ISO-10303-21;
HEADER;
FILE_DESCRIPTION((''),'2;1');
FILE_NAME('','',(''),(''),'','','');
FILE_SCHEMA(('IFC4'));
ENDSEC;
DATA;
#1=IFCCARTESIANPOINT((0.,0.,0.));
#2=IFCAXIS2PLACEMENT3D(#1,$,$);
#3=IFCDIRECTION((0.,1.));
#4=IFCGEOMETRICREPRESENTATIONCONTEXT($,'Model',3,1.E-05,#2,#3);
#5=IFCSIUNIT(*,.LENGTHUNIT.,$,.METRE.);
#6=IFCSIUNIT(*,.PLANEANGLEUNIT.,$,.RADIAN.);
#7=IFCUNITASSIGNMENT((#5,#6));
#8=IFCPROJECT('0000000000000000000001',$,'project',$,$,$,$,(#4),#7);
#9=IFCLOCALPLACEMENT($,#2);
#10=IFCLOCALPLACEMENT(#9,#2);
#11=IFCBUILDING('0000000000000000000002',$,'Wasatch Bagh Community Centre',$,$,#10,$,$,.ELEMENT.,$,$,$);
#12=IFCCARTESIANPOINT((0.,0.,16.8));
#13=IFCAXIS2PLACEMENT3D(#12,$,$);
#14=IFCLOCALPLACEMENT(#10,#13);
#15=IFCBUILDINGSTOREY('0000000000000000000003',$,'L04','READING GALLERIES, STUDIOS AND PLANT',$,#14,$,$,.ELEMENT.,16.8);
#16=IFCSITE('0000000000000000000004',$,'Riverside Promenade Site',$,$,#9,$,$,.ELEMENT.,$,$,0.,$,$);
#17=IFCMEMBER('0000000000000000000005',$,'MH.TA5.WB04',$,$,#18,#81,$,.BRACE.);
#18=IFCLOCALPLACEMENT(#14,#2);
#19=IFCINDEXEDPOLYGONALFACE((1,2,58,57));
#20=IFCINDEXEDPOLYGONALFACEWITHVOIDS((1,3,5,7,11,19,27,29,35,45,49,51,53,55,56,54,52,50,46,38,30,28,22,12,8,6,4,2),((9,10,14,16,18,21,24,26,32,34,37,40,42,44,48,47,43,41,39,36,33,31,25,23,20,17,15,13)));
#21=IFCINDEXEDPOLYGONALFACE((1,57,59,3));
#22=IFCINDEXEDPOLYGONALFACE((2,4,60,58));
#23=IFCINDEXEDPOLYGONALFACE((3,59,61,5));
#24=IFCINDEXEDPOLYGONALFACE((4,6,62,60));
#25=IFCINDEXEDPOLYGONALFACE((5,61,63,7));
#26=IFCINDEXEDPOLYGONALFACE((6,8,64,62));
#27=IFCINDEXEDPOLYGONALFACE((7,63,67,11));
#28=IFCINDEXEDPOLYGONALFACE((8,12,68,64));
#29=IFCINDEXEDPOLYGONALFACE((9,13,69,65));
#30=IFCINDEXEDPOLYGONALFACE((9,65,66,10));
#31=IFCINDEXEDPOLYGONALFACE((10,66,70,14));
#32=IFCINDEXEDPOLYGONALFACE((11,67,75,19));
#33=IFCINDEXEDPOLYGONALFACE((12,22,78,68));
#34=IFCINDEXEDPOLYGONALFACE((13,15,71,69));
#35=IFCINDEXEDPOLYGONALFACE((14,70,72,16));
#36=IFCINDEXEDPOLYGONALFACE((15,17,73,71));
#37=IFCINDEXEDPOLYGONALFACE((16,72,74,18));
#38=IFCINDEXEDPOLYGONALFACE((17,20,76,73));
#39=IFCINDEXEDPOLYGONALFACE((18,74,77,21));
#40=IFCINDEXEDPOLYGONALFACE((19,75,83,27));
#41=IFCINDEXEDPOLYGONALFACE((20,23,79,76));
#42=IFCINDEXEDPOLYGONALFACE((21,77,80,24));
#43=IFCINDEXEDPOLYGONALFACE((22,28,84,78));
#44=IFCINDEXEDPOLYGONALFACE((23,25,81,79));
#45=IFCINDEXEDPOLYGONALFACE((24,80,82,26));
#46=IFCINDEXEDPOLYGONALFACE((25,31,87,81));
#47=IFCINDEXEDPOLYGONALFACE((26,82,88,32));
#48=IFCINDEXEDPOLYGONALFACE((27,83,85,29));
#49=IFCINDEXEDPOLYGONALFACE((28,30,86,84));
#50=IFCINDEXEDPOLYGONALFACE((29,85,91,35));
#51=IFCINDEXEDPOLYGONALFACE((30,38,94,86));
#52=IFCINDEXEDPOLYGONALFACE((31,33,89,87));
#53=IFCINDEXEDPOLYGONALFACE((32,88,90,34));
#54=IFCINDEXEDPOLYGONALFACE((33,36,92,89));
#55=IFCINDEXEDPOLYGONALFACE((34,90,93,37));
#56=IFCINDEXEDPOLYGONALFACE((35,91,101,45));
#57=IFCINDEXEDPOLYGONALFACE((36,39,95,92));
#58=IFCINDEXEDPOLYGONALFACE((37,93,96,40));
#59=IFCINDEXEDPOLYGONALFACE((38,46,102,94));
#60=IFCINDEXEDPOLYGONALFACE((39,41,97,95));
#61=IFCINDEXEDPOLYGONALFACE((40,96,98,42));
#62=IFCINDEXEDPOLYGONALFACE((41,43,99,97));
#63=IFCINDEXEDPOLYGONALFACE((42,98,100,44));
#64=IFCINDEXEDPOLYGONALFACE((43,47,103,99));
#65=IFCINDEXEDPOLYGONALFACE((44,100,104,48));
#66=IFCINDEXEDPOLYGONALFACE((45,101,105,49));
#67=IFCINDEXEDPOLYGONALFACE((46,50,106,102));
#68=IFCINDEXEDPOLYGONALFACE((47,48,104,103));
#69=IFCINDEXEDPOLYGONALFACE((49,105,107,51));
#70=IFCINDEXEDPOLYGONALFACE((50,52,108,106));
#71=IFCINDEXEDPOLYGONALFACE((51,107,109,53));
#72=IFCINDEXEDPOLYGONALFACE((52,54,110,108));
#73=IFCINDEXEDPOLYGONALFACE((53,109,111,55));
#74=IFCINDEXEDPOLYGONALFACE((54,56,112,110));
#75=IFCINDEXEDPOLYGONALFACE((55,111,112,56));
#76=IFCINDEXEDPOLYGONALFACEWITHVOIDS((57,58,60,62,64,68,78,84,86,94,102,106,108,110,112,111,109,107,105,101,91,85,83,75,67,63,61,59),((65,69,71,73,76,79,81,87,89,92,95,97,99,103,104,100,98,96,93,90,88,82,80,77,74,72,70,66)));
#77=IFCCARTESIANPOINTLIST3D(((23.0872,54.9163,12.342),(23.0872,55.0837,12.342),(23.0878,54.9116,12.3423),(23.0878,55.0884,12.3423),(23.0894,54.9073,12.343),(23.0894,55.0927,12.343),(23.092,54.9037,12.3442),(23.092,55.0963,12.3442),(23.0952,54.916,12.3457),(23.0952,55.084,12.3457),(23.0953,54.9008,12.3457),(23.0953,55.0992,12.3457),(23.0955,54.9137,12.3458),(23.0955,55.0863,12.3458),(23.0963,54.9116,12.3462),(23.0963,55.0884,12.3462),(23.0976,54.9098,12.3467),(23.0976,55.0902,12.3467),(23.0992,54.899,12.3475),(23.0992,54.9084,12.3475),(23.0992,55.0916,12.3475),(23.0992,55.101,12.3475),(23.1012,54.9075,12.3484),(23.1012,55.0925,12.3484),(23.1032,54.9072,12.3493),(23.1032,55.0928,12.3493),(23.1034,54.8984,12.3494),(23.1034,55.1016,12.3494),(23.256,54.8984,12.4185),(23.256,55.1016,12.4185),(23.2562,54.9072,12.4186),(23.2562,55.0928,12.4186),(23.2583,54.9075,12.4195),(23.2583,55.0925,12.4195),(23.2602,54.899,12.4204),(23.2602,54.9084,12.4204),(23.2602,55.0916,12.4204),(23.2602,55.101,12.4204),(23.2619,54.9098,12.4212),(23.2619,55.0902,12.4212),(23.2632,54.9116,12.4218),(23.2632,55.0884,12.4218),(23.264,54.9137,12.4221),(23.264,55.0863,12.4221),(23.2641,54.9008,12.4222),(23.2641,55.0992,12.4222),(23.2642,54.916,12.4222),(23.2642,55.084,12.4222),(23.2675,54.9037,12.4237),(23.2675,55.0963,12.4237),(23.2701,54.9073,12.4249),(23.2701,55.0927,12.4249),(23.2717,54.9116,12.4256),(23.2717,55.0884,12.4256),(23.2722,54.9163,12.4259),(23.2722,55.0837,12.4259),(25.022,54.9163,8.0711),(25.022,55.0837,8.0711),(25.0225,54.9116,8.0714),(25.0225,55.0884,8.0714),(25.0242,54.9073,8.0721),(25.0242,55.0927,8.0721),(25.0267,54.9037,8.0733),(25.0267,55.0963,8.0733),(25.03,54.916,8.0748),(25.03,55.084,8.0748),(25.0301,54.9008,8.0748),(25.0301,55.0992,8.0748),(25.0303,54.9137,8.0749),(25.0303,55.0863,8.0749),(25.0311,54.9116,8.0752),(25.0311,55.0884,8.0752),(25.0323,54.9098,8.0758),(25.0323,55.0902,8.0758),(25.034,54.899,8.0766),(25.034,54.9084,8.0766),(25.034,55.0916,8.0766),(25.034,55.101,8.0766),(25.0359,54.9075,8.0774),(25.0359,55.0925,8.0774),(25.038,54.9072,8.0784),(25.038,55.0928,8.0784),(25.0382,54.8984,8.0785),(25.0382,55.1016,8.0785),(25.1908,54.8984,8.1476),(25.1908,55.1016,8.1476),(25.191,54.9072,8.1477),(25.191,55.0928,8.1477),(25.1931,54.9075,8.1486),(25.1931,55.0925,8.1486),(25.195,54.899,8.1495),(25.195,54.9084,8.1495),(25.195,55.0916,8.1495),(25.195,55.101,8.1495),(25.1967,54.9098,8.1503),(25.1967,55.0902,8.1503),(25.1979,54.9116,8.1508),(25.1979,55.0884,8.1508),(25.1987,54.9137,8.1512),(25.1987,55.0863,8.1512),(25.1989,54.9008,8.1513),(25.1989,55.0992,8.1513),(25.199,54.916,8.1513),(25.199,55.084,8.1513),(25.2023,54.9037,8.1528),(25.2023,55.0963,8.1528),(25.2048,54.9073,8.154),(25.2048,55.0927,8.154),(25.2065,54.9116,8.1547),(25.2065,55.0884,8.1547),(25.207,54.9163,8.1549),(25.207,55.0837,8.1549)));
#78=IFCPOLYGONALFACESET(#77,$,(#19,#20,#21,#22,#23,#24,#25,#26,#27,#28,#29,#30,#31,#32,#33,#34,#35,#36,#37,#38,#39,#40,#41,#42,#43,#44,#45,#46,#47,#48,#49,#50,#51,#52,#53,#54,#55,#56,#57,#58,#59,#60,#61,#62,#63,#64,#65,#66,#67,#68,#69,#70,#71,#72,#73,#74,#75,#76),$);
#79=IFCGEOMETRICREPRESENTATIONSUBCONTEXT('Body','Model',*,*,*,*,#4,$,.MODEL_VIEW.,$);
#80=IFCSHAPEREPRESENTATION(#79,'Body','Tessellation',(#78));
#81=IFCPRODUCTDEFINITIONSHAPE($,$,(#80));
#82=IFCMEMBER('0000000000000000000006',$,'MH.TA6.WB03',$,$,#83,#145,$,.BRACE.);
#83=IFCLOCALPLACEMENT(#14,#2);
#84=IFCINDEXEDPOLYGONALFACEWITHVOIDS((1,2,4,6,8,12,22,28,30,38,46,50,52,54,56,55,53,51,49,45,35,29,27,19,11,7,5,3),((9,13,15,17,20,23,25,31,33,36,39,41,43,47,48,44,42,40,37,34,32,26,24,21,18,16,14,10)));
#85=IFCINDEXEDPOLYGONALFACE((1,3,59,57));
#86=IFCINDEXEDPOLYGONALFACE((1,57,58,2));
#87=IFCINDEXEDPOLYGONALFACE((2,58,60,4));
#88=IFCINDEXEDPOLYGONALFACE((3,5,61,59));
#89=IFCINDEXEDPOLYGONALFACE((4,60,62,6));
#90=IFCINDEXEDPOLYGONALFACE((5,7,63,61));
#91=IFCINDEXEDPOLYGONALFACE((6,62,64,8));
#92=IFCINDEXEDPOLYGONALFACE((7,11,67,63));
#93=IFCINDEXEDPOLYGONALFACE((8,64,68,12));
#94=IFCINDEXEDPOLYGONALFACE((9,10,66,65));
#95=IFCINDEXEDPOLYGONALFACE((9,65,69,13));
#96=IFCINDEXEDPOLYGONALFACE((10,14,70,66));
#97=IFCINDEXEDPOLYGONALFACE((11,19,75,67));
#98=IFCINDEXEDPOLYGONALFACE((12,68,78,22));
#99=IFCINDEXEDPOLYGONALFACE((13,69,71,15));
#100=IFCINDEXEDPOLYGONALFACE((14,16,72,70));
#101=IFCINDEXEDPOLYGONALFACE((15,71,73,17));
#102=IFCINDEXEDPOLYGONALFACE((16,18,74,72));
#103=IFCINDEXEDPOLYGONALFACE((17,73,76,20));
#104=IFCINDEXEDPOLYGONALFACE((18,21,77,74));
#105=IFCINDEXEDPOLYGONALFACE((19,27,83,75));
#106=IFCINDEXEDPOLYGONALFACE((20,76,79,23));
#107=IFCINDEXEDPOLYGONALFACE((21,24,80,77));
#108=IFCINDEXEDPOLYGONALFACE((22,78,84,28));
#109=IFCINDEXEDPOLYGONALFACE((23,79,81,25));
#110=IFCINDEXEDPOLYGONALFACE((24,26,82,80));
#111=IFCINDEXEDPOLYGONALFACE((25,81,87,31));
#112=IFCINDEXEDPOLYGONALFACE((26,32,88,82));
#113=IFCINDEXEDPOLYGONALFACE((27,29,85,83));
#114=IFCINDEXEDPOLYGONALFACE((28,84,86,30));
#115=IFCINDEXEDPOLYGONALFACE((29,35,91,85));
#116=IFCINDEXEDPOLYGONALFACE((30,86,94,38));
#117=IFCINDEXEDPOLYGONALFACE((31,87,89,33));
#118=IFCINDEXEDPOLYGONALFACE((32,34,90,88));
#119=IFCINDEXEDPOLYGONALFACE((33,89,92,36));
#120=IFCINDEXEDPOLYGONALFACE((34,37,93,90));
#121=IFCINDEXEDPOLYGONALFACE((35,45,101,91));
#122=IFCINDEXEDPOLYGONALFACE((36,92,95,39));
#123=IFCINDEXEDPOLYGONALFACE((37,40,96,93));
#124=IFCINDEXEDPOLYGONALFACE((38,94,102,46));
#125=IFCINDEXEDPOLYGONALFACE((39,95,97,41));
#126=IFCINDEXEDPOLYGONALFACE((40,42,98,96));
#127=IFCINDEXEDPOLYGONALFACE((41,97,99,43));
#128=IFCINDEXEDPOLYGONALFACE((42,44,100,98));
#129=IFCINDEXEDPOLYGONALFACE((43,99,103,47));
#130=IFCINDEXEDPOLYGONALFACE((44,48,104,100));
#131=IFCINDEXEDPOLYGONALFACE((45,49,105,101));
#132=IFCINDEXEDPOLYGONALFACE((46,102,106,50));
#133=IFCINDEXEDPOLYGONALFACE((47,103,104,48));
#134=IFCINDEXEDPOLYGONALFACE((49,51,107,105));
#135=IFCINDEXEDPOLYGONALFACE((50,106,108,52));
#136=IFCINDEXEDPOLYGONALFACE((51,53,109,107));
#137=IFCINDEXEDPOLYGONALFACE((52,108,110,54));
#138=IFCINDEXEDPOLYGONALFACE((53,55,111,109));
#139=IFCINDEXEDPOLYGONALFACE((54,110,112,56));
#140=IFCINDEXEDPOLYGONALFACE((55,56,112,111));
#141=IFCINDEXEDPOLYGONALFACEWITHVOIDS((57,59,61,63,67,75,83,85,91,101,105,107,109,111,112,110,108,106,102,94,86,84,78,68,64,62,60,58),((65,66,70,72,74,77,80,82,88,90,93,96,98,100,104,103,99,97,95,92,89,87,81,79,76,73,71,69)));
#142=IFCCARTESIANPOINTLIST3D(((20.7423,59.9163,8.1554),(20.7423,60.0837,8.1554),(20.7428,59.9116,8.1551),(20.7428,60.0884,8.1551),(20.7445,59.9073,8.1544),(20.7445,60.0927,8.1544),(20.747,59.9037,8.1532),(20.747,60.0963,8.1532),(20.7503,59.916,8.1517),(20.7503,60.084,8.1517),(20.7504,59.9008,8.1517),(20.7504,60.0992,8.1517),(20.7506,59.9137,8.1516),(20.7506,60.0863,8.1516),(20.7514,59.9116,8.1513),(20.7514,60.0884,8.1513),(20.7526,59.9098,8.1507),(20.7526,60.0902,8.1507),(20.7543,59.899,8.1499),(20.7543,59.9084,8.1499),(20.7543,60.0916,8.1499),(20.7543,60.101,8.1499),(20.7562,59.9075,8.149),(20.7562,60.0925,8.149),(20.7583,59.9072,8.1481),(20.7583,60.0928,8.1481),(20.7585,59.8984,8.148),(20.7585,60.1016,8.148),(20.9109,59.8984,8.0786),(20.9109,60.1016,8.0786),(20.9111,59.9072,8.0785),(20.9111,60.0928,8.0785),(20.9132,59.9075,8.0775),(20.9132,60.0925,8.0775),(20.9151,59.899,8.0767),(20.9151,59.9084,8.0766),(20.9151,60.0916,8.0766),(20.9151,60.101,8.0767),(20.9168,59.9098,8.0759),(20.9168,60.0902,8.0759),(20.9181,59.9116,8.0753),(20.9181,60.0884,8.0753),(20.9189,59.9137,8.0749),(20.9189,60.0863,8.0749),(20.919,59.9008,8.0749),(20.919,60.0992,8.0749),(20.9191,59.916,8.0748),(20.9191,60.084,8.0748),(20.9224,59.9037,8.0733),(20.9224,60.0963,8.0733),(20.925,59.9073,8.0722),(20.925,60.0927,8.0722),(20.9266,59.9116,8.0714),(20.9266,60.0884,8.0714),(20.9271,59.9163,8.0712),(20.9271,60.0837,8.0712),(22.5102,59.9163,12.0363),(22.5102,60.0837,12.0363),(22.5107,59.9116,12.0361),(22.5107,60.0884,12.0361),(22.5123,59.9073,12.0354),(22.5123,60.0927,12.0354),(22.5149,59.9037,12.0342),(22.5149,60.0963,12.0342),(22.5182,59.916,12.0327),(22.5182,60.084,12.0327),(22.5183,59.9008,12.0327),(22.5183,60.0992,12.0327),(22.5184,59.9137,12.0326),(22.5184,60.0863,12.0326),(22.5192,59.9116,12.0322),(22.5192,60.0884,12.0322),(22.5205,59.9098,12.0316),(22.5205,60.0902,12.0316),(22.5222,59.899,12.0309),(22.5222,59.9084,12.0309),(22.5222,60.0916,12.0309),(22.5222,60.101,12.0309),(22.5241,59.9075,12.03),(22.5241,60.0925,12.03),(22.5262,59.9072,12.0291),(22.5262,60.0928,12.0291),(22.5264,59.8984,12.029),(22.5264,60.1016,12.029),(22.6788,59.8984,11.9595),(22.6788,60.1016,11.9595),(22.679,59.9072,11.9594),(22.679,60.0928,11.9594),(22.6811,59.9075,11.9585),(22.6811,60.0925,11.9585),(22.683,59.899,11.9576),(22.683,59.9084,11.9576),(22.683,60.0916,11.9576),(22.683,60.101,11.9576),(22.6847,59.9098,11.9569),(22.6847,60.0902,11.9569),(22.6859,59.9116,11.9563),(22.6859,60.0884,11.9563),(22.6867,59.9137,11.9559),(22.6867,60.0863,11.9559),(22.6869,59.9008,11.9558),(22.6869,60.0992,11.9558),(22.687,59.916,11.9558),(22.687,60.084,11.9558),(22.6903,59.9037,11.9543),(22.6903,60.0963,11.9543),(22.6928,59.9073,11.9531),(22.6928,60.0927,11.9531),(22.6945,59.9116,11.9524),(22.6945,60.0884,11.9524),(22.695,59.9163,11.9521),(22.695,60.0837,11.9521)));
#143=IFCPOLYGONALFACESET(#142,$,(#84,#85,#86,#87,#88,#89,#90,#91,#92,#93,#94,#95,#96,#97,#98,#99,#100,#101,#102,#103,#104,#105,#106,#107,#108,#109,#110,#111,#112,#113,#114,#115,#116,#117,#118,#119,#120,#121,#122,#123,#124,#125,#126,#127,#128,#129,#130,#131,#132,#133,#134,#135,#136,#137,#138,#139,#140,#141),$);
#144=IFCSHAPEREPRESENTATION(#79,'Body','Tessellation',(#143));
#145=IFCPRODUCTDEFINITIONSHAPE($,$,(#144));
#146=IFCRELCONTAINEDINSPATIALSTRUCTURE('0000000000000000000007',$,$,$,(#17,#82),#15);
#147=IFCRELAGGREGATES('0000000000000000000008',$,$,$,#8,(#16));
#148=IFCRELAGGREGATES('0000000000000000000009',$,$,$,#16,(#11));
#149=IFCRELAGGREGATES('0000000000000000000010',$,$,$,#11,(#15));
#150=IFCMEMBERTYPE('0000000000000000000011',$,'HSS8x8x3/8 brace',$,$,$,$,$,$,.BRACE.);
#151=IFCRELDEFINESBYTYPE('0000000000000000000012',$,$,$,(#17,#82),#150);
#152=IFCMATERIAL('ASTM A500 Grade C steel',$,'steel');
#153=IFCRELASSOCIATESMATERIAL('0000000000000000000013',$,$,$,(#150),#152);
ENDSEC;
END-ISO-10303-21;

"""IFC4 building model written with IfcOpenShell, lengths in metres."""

from ifc_helpers import new_model, si_unit, direction, frame, origin, origin_2d, place, context, subcontext, project, spatial, hollow_rectangle, extrude, material, material_profile, profile_set, type_object, element, save


model = new_model("IFC4")

# Units and contexts
model_context = context("Model", 3, precision=1e-05, world=origin(), true_north=direction((0.0, 1.0)))
body_context = subcontext(model_context, "Body", "Model", "MODEL_VIEW")
ifc_project = project(units=[si_unit("LENGTHUNIT", "METRE"), si_unit("PLANEANGLEUNIT", "RADIAN")], contexts=[model_context])

# Site, building, storey
site_placement = place(None, origin())
site = spatial("IfcSite", under=ifc_project, at=site_placement, Name="Riverside Promenade Site", CompositionType="ELEMENT", RefElevation=0.0)
building_placement = place(site_placement, origin())
building = spatial("IfcBuilding", under=site, at=building_placement, Name="Wasatch Bagh Community Centre", CompositionType="ELEMENT")
storey_placement = place(building_placement, frame((0.0, 0.0, 16.8)))
storey = spatial("IfcBuildingStorey", under=building, at=storey_placement, Name="L04", Description="READING GALLERIES, STUDIOS AND PLANT", CompositionType="ELEMENT", Elevation=16.8)

# Members
ifc_material_1 = material(Name="ASTM A500 Grade C steel", Category="steel")
ifc_material_profile_1 = material_profile(ifc_material_1, hollow_rectangle(XDim=0.2031, YDim=0.2031, WallThickness=0.0088, InnerFilletRadius=0.0088, OuterFilletRadius=0.0178, at=origin_2d()), Name="HSS8x8x3/8")
ifc_profile_set_1 = profile_set([ifc_material_profile_1], Name="ASTM A500 Grade C steel")
member_type_1 = type_object("IfcMemberType", Name="HSS8x8x3/8 brace", PredefinedType="BRACE", material=ifc_profile_set_1)
member_1_placement = place(storey_placement, frame((25.1145, 55.0, 8.113), z_axis=(-0.412645, 0.0, 0.910892), x_axis=(0.0, -1.0, 0.0)))
element("IfcMember", 1, at=member_1_placement, inside=storey, type_object=member_type_1, Name="MH.TA5.WB04", PredefinedType="BRACE", context=body_context, shape_type="SweptSolid", body=[
    extrude(hollow_rectangle(XDim=0.2031, YDim=0.2031, WallThickness=0.0088, InnerFilletRadius=0.0088, OuterFilletRadius=0.0178, at=origin_2d()), origin(), (0.0, 0.0, 1.0), 4.6887),
])
member_2_placement = place(storey_placement, frame((20.8347, 60.0, 8.1133), z_axis=(0.41454, 0.0, 0.910031), x_axis=(0.0, 1.0, 0.0)))
element("IfcMember", 2, at=member_2_placement, inside=storey, type_object=member_type_1, Name="MH.TA6.WB03", PredefinedType="BRACE", context=body_context, shape_type="SweptSolid", body=[
    extrude(hollow_rectangle(XDim=0.2031, YDim=0.2031, WallThickness=0.0088, InnerFilletRadius=0.0088, OuterFilletRadius=0.0178, at=origin_2d()), origin(), (0.0, 0.0, 1.0), 4.2646),
])

save(model, "model.ifc")
